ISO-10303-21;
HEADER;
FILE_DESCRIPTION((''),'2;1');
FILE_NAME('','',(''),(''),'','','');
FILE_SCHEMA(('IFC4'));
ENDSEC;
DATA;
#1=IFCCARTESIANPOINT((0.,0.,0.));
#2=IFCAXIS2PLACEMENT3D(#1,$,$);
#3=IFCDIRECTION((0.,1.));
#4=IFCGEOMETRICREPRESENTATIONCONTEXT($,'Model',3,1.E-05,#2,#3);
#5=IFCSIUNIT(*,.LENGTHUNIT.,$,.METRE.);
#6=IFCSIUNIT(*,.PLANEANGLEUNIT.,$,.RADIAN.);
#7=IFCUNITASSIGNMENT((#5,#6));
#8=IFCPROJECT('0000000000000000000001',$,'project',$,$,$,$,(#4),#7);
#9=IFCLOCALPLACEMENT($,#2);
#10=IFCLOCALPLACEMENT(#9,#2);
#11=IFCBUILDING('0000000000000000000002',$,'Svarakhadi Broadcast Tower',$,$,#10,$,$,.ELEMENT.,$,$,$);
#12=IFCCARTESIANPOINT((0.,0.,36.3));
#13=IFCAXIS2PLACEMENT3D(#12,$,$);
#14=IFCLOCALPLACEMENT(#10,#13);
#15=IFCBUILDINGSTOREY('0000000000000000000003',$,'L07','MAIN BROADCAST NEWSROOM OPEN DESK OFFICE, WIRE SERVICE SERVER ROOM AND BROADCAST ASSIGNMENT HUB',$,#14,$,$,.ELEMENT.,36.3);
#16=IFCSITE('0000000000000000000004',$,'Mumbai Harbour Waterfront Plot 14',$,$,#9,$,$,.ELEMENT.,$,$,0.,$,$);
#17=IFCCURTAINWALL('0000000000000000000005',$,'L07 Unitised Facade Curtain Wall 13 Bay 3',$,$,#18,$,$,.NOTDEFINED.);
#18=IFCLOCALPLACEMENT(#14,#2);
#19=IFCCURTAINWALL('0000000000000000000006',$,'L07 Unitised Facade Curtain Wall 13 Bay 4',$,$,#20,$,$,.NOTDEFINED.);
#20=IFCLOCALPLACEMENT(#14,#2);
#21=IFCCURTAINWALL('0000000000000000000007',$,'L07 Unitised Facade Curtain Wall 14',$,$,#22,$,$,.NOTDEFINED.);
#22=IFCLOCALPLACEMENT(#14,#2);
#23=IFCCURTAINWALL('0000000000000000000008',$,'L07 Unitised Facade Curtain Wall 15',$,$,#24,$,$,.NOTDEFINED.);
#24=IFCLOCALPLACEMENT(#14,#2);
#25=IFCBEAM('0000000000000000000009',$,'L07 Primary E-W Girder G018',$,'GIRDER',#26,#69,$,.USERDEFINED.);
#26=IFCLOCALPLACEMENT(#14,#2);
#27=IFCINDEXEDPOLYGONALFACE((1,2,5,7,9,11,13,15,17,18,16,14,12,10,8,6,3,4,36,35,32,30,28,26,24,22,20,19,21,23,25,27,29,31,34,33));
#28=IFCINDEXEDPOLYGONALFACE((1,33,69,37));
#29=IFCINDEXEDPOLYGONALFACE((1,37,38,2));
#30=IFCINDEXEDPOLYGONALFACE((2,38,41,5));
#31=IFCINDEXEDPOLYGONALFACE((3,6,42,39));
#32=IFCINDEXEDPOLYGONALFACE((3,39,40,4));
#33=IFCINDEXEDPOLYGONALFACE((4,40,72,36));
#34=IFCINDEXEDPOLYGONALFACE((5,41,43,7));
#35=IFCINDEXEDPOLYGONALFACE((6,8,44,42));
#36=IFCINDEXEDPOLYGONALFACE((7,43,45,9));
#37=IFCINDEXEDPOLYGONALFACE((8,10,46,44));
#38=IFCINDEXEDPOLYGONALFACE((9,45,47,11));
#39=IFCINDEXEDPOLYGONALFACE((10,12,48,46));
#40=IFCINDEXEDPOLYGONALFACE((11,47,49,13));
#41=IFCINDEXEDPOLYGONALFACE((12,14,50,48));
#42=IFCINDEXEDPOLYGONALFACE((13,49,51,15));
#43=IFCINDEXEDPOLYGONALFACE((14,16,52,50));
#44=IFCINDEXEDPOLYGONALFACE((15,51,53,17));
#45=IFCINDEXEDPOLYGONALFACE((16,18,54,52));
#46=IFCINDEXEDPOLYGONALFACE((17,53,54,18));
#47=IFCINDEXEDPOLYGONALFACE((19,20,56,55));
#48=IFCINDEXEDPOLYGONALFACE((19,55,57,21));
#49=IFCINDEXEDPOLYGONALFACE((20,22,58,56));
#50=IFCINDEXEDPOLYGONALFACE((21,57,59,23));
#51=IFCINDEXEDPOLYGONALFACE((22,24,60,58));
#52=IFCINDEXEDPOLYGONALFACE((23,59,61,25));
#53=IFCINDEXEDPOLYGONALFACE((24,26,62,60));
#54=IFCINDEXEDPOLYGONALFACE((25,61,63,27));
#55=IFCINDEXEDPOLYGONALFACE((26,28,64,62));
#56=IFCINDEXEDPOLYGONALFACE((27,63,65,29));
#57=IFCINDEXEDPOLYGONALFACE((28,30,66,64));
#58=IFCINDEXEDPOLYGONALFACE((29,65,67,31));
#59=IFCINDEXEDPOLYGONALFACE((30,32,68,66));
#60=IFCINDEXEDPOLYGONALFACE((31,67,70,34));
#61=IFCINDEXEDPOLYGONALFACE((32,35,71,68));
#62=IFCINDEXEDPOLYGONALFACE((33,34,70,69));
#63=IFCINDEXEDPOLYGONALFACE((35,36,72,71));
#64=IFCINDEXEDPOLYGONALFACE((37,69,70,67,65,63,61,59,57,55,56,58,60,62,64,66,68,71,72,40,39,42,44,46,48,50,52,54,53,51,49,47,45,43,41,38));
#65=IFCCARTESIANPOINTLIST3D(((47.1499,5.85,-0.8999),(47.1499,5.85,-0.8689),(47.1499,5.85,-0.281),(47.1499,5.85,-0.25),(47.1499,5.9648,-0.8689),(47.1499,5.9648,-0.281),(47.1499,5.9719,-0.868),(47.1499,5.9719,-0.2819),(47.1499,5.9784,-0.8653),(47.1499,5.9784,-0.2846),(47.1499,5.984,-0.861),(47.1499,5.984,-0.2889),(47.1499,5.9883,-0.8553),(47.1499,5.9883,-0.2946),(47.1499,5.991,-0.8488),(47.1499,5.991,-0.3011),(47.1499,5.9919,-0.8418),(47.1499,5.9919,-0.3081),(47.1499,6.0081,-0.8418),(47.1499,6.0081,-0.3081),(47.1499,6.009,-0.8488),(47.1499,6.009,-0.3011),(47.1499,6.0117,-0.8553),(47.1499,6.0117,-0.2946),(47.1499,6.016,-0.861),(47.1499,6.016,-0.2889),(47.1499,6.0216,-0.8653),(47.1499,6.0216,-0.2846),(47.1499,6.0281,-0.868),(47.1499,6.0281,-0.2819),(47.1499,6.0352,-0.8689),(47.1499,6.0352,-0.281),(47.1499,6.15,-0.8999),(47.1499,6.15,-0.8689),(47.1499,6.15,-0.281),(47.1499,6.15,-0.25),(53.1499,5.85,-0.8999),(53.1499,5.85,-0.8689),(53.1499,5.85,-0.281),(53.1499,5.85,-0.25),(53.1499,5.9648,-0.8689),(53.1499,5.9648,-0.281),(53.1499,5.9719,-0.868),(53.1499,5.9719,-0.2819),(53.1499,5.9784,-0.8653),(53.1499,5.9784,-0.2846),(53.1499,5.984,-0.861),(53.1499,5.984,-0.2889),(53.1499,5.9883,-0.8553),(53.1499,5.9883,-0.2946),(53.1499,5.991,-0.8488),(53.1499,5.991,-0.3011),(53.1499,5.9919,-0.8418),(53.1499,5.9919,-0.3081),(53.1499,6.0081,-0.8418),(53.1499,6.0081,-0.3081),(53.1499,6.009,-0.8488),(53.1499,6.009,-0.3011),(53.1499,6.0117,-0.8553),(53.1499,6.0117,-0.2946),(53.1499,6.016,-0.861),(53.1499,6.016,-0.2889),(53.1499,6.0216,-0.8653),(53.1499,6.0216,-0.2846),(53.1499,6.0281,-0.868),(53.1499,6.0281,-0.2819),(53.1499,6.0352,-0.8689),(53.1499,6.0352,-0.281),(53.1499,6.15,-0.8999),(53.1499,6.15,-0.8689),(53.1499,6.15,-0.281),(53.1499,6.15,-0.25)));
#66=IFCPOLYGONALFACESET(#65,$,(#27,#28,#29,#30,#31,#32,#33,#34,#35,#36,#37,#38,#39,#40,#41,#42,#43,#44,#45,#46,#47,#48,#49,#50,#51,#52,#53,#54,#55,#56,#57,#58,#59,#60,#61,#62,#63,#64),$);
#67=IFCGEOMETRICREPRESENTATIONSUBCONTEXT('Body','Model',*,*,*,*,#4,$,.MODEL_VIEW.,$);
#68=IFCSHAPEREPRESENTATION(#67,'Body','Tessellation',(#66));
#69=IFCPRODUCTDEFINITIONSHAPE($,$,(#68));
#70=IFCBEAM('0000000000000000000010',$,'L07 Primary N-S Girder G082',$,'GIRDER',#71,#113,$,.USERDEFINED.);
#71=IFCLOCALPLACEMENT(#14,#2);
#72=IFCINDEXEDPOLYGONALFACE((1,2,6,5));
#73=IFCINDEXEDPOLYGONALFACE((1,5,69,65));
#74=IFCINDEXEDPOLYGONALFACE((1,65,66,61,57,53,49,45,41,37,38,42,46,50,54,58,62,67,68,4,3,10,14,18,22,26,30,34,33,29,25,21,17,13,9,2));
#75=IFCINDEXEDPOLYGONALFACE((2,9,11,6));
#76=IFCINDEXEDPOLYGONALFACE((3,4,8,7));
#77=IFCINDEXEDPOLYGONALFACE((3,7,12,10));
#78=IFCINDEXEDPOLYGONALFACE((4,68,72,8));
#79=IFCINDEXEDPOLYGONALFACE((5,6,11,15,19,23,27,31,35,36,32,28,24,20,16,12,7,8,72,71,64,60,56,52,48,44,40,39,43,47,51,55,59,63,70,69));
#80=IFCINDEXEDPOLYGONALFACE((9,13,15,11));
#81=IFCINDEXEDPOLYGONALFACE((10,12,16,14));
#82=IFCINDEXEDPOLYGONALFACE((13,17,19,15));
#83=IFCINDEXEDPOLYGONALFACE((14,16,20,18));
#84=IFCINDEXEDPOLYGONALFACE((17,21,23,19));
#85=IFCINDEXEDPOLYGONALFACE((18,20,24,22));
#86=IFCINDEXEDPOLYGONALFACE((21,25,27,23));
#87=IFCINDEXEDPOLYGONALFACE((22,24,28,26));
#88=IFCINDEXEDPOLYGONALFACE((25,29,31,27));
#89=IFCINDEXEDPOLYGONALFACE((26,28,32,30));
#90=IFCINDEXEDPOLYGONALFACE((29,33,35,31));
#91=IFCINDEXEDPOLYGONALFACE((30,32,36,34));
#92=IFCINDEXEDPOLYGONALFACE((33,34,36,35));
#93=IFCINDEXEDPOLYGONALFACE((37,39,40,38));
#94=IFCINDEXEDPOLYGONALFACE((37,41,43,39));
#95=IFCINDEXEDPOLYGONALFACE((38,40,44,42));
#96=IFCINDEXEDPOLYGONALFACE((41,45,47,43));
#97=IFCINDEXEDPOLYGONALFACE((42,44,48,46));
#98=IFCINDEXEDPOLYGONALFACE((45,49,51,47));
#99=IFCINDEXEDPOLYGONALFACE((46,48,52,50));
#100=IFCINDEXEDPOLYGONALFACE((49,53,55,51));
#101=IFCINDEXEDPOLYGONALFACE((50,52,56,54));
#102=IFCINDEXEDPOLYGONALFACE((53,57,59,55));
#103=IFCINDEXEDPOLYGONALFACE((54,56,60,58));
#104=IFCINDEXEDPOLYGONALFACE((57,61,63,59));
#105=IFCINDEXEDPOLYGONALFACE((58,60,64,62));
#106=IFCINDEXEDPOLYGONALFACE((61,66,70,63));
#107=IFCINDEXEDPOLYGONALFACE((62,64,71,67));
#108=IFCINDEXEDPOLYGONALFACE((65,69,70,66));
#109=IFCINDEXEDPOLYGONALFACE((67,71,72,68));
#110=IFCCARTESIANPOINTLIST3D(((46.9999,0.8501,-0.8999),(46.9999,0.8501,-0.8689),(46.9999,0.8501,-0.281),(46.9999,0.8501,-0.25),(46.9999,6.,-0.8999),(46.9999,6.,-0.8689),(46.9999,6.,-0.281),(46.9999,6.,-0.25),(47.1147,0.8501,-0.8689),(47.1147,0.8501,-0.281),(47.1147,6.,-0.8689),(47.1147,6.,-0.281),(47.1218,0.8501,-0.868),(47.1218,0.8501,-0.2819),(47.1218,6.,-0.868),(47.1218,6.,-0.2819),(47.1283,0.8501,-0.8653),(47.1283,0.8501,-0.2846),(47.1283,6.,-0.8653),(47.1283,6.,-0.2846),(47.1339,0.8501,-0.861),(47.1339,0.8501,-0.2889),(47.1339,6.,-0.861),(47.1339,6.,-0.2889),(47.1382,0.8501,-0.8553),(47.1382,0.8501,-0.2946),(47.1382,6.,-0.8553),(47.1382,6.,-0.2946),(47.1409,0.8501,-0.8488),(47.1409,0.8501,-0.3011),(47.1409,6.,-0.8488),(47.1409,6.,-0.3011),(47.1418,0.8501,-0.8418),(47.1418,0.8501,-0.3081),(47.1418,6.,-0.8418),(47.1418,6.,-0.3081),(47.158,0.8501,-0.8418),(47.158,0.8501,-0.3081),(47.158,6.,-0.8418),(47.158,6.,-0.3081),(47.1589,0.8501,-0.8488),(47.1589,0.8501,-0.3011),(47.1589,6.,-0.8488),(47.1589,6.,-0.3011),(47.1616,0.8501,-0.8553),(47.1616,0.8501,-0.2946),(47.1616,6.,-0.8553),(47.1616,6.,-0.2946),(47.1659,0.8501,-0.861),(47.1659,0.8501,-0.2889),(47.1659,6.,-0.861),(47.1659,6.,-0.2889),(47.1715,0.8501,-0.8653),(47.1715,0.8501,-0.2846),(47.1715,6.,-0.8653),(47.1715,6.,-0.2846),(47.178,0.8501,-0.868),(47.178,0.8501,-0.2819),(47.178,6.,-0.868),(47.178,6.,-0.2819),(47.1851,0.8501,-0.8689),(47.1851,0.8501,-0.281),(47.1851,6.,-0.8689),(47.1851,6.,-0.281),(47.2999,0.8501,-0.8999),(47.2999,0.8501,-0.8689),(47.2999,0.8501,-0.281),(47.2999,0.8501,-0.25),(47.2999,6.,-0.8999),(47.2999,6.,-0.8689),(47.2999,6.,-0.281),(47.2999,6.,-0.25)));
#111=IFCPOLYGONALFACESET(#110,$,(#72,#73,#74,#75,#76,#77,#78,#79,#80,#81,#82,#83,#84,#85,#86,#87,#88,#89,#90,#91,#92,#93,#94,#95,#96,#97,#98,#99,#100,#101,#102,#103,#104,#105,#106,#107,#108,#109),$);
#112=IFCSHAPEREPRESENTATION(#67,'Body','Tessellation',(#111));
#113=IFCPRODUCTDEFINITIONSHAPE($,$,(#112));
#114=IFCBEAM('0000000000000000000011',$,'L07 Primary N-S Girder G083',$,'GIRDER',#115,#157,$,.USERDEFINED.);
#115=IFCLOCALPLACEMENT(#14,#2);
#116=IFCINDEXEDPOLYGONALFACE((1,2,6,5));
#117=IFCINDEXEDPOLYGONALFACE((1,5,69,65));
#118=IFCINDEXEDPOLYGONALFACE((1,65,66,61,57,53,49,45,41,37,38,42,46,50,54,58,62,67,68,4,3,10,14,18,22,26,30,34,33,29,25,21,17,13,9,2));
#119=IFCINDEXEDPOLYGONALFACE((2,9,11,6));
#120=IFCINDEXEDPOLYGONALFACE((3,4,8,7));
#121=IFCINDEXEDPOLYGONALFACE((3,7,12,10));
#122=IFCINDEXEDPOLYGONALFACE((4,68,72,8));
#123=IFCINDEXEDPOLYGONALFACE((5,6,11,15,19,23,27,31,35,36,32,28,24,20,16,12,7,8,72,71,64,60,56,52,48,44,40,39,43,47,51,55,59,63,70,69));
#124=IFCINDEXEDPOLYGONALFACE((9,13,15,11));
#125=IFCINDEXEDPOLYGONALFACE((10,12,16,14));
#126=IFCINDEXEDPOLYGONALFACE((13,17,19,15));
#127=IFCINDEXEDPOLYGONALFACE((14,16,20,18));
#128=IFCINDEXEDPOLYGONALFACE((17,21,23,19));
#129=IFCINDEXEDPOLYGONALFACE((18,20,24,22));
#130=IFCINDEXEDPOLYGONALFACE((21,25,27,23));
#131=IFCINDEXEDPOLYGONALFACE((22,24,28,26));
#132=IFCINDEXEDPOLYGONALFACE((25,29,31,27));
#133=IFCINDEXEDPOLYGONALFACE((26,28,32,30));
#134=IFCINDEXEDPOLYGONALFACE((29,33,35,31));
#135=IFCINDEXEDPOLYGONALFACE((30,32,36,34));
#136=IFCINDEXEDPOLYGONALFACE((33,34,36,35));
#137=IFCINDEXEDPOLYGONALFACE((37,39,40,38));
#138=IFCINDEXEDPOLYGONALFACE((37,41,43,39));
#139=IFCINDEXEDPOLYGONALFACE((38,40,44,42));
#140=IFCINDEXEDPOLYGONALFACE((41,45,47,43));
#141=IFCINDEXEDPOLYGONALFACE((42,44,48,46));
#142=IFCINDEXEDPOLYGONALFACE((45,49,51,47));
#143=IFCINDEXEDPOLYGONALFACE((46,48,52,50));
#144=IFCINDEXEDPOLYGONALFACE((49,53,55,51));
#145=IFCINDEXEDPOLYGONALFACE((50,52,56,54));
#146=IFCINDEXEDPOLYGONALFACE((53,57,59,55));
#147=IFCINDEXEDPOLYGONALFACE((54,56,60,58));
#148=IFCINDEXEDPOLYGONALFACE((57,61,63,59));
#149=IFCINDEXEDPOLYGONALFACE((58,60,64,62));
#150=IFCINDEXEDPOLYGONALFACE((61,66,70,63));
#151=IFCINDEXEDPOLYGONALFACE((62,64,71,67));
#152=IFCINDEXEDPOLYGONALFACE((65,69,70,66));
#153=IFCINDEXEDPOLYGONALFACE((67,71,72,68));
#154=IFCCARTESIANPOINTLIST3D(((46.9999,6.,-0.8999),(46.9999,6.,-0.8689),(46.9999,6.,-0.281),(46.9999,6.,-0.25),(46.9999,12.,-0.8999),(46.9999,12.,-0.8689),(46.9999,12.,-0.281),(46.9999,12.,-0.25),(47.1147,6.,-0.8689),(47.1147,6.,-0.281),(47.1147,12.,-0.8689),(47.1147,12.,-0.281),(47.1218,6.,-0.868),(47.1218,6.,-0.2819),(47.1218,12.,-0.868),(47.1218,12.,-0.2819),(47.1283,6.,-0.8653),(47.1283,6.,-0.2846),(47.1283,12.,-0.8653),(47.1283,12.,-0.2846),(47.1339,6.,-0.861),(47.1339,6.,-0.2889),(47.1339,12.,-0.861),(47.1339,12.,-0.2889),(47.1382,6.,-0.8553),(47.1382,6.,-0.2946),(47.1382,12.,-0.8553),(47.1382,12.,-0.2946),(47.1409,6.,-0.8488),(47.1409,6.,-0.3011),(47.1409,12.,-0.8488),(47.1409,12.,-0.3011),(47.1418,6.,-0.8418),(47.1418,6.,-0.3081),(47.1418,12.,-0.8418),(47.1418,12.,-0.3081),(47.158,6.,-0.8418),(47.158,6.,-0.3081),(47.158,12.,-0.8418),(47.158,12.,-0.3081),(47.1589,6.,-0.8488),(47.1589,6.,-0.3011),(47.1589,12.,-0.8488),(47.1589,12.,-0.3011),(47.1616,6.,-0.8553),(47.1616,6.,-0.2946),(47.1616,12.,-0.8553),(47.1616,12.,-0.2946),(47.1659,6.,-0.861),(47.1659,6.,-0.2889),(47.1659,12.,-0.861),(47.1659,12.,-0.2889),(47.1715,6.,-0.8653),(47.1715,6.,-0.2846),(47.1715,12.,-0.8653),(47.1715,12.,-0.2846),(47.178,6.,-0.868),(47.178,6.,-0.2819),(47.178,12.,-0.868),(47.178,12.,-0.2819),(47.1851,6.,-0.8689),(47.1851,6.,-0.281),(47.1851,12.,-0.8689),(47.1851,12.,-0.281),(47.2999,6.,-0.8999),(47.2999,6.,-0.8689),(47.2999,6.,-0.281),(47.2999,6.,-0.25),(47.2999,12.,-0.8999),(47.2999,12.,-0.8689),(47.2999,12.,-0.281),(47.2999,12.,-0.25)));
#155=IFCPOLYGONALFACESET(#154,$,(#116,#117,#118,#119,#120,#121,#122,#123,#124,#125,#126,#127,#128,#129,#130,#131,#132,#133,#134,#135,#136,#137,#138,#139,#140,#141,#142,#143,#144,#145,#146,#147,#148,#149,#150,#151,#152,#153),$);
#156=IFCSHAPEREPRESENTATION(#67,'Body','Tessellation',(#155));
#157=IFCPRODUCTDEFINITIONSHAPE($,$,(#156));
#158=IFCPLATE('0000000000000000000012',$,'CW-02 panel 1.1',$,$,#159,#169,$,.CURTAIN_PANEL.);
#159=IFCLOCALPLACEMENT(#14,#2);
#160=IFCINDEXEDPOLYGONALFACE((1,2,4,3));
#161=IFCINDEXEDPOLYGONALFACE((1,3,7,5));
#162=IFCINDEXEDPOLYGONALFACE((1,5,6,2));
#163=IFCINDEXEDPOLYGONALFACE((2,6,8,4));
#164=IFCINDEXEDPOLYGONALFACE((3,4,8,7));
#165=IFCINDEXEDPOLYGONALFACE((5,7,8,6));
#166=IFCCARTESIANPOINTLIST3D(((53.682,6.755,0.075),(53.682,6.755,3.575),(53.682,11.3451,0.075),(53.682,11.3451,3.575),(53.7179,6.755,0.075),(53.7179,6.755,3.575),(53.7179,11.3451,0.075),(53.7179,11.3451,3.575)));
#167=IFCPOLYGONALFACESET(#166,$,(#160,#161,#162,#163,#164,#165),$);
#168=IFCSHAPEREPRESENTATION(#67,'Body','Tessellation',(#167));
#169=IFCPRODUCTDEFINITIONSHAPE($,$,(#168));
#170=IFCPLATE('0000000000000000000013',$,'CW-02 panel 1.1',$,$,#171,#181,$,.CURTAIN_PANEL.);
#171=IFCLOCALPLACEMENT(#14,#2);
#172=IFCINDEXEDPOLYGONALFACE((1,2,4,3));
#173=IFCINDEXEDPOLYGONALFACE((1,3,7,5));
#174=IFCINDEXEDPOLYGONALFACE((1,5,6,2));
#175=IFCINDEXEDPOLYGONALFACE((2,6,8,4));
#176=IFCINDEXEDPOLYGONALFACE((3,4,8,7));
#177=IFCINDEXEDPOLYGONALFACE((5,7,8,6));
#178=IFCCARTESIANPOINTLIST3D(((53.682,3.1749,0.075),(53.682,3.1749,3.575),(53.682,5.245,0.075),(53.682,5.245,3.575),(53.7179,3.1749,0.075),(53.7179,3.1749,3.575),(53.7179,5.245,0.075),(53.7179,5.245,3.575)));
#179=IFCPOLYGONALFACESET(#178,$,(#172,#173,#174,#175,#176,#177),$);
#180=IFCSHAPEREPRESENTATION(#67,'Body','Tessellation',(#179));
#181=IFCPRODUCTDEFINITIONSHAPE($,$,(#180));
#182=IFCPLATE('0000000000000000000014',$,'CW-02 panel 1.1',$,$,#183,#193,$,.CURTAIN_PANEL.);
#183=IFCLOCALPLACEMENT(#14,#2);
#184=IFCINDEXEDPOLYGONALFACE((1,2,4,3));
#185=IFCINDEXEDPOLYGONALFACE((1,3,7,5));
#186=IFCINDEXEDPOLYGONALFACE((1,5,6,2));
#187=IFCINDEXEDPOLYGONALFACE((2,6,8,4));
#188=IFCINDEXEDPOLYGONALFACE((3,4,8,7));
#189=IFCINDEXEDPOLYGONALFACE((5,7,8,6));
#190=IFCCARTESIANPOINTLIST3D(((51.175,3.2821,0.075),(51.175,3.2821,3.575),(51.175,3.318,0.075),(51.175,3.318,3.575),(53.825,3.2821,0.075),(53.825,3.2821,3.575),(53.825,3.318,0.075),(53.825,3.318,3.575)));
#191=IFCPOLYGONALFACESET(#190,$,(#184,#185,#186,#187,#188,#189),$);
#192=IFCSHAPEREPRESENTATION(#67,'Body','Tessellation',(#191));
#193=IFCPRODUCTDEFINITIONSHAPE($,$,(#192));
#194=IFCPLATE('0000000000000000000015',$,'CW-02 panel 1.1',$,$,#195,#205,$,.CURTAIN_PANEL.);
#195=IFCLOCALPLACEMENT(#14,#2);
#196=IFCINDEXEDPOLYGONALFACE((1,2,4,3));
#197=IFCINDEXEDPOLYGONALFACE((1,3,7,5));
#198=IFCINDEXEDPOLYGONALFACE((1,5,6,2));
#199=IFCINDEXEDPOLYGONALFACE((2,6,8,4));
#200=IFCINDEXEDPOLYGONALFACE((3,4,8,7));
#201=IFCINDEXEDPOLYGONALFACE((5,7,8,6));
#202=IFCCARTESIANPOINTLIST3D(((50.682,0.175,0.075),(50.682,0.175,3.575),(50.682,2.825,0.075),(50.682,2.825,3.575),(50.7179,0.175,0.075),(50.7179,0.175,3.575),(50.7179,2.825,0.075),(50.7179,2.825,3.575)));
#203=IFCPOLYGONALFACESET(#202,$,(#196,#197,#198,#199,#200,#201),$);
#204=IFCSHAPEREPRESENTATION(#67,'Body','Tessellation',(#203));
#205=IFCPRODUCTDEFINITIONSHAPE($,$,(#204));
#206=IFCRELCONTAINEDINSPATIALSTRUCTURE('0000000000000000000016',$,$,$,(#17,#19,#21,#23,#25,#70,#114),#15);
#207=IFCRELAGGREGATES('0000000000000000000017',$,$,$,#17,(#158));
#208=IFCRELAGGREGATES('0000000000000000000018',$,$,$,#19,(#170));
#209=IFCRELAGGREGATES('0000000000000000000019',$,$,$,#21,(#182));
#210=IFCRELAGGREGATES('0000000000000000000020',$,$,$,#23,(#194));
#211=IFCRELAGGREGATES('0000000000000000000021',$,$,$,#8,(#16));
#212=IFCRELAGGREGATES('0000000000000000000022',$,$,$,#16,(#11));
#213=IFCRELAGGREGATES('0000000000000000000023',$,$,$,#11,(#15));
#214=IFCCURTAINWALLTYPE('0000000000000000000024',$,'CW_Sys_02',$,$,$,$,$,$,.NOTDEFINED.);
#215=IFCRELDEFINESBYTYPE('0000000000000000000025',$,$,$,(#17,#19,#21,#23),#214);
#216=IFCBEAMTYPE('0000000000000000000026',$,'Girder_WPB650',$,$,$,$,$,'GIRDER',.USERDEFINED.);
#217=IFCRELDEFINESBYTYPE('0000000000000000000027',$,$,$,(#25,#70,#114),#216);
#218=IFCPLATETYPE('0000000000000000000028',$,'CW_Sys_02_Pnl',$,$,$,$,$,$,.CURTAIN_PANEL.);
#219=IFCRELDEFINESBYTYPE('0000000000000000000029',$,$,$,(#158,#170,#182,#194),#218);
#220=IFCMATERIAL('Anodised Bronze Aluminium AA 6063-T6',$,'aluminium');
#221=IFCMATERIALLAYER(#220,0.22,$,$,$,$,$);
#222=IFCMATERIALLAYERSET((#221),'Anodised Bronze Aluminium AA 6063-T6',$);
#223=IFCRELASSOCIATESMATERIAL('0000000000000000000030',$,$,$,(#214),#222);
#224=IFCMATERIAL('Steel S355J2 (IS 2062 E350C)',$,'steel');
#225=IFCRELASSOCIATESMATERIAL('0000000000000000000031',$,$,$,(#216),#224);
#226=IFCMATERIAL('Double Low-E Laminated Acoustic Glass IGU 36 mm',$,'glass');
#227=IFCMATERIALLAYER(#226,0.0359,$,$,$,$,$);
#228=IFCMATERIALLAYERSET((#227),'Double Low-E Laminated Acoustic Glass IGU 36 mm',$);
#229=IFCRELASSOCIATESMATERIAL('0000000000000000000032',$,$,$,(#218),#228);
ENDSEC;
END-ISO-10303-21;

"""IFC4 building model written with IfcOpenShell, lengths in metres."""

from ifc_helpers import new_model, si_unit, direction, frame, origin, origin_2d, place, context, subcontext, project, spatial, rectangle, i_section, extrude, material, layer, layer_set, material_profile, profile_set, type_object, element, aggregate, save


model = new_model("IFC4")

# Units and contexts
model_context = context("Model", 3, precision=1e-05, world=origin(), true_north=direction((0.0, 1.0)))
body_context = subcontext(model_context, "Body", "Model", "MODEL_VIEW")
ifc_project = project(units=[si_unit("LENGTHUNIT", "METRE"), si_unit("PLANEANGLEUNIT", "RADIAN")], contexts=[model_context])

# Site, building, storey
site_placement = place(None, origin())
site = spatial("IfcSite", under=ifc_project, at=site_placement, Name="Mumbai Harbour Waterfront Plot 14", CompositionType="ELEMENT", RefElevation=0.0)
building_placement = place(site_placement, origin())
building = spatial("IfcBuilding", under=site, at=building_placement, Name="Svarakhadi Broadcast Tower", CompositionType="ELEMENT")
storey_placement = place(building_placement, frame((0.0, 0.0, 36.3)))
storey = spatial("IfcBuildingStorey", under=building, at=storey_placement, Name="L07", Description="MAIN BROADCAST NEWSROOM OPEN DESK OFFICE, WIRE SERVICE SERVER ROOM AND BROADCAST ASSIGNMENT HUB", CompositionType="ELEMENT", Elevation=36.3)

# Curtain walls
ifc_material_1 = material(Name="Anodised Bronze Aluminium AA 6063-T6", Category="aluminium")
ifc_layer_1 = layer(ifc_material_1, 0.22)
ifc_layer_set_1 = layer_set([ifc_layer_1], Name="Anodised Bronze Aluminium AA 6063-T6")
curtain_wall_type = type_object("IfcCurtainWallType", Name="CW_Sys_02", PredefinedType="NOTDEFINED", material=ifc_layer_set_1)
curtain_wall_1_placement = place(storey_placement, origin())
curtain_wall_1 = element("IfcCurtainWall", 1, at=curtain_wall_1_placement, inside=storey, type_object=curtain_wall_type, Name="L07 Unitised Facade Curtain Wall 13 Bay 3", PredefinedType="NOTDEFINED")
curtain_wall_2_placement = place(storey_placement, origin())
curtain_wall_2 = element("IfcCurtainWall", 2, at=curtain_wall_2_placement, inside=storey, type_object=curtain_wall_type, Name="L07 Unitised Facade Curtain Wall 13 Bay 4", PredefinedType="NOTDEFINED")
curtain_wall_3_placement = place(storey_placement, origin())
curtain_wall_3 = element("IfcCurtainWall", 3, at=curtain_wall_3_placement, inside=storey, type_object=curtain_wall_type, Name="L07 Unitised Facade Curtain Wall 14", PredefinedType="NOTDEFINED")
curtain_wall_4_placement = place(storey_placement, origin())
curtain_wall_4 = element("IfcCurtainWall", 4, at=curtain_wall_4_placement, inside=storey, type_object=curtain_wall_type, Name="L07 Unitised Facade Curtain Wall 15", PredefinedType="NOTDEFINED")

# Beams
ifc_material_2 = material(Name="Steel S355J2 (IS 2062 E350C)", Category="steel")
ifc_material_profile_1 = material_profile(ifc_material_2, i_section(OverallWidth=0.3, OverallDepth=0.6499, WebThickness=0.0161, FlangeThickness=0.031, FilletRadius=0.0271, at=origin_2d()), Name="WPB 650x300x225")
ifc_profile_set_1 = profile_set([ifc_material_profile_1], Name="Steel S355J2 (IS 2062 E350C)")
beam_type = type_object("IfcBeamType", Name="Girder_WPB650", ElementType="GIRDER", PredefinedType="USERDEFINED", material=ifc_profile_set_1)
beam_1_placement = place(storey_placement, frame((47.1499, 6.0, -0.575), z_axis=(1.0, 0.0, 0.0), x_axis=(0.0, 1.0, 0.0)))
element("IfcBeam", 5, at=beam_1_placement, inside=storey, type_object=beam_type, Name="L07 Primary E-W Girder G018", ObjectType="GIRDER", PredefinedType="USERDEFINED", context=body_context, shape_type="SweptSolid", body=[
    extrude(i_section(OverallWidth=0.3, OverallDepth=0.6499, WebThickness=0.0161, FlangeThickness=0.031, FilletRadius=0.0271, at=origin_2d()), origin(), (0.0, 0.0, 1.0), 6.0),
])
beam_2_placement = place(storey_placement, frame((47.1499, 0.8501, -0.575), z_axis=(0.0, 1.0, 0.0), x_axis=(-1.0, 0.0, 0.0)))
element("IfcBeam", 6, at=beam_2_placement, inside=storey, type_object=beam_type, Name="L07 Primary N-S Girder G082", ObjectType="GIRDER", PredefinedType="USERDEFINED", context=body_context, shape_type="SweptSolid", body=[
    extrude(i_section(OverallWidth=0.3, OverallDepth=0.6499, WebThickness=0.0161, FlangeThickness=0.031, FilletRadius=0.0271, at=origin_2d()), origin(), (0.0, 0.0, 1.0), 5.1499),
])
beam_3_placement = place(storey_placement, frame((47.1499, 6.0, -0.575), z_axis=(0.0, 1.0, 0.0), x_axis=(-1.0, 0.0, 0.0)))
element("IfcBeam", 7, at=beam_3_placement, inside=storey, type_object=beam_type, Name="L07 Primary N-S Girder G083", ObjectType="GIRDER", PredefinedType="USERDEFINED", context=body_context, shape_type="SweptSolid", body=[
    extrude(i_section(OverallWidth=0.3, OverallDepth=0.6499, WebThickness=0.0161, FlangeThickness=0.031, FilletRadius=0.0271, at=origin_2d()), origin(), (0.0, 0.0, 1.0), 6.0),
])

# Plates
ifc_material_3 = material(Name="Double Low-E Laminated Acoustic Glass IGU 36 mm", Category="glass")
ifc_layer_2 = layer(ifc_material_3, 0.0359)
ifc_layer_set_2 = layer_set([ifc_layer_2], Name="Double Low-E Laminated Acoustic Glass IGU 36 mm")
plate_type_1 = type_object("IfcPlateType", Name="CW_Sys_02_Pnl", PredefinedType="CURTAIN_PANEL", material=ifc_layer_set_2)
plate_1_placement = place(storey_placement, frame((53.7, 9.05, 0.075), z_axis=(0.0, 0.0, 1.0), x_axis=(0.0, -1.0, 0.0)))
plate_1 = element("IfcPlate", 8, at=plate_1_placement, type_object=plate_type_1, Name="CW-02 panel 1.1", PredefinedType="CURTAIN_PANEL", context=body_context, shape_type="SweptSolid", body=[
    extrude(rectangle(XDim=4.5901, YDim=0.0359, at=origin_2d()), origin(), (0.0, 0.0, 1.0), 3.5),
])
aggregate(curtain_wall_1, [plate_1])
plate_2_placement = place(storey_placement, frame((53.7, 4.21, 0.075), z_axis=(0.0, 0.0, 1.0), x_axis=(0.0, -1.0, 0.0)))
plate_2 = element("IfcPlate", 9, at=plate_2_placement, type_object=plate_type_1, Name="CW-02 panel 1.1", PredefinedType="CURTAIN_PANEL", context=body_context, shape_type="SweptSolid", body=[
    extrude(rectangle(XDim=2.0701, YDim=0.0359, at=origin_2d()), origin(), (0.0, 0.0, 1.0), 3.5),
])
aggregate(curtain_wall_2, [plate_2])
plate_3_placement = place(storey_placement, frame((52.5, 3.3, 0.075), z_axis=(0.0, 0.0, 1.0), x_axis=(-1.0, 0.0, 0.0)))
plate_3 = element("IfcPlate", 10, at=plate_3_placement, type_object=plate_type_1, Name="CW-02 panel 1.1", PredefinedType="CURTAIN_PANEL", context=body_context, shape_type="SweptSolid", body=[
    extrude(rectangle(XDim=2.6499, YDim=0.0359, at=origin_2d()), origin(), (0.0, 0.0, 1.0), 3.5),
])
aggregate(curtain_wall_3, [plate_3])
plate_4_placement = place(storey_placement, frame((50.7, 1.5, 0.075), z_axis=(0.0, 0.0, 1.0), x_axis=(0.0, -1.0, 0.0)))
plate_4 = element("IfcPlate", 11, at=plate_4_placement, type_object=plate_type_1, Name="CW-02 panel 1.1", PredefinedType="CURTAIN_PANEL", context=body_context, shape_type="SweptSolid", body=[
    extrude(rectangle(XDim=2.6499, YDim=0.0359, at=origin_2d()), origin(), (0.0, 0.0, 1.0), 3.5),
])
aggregate(curtain_wall_4, [plate_4])

save(model, "model.ifc")
